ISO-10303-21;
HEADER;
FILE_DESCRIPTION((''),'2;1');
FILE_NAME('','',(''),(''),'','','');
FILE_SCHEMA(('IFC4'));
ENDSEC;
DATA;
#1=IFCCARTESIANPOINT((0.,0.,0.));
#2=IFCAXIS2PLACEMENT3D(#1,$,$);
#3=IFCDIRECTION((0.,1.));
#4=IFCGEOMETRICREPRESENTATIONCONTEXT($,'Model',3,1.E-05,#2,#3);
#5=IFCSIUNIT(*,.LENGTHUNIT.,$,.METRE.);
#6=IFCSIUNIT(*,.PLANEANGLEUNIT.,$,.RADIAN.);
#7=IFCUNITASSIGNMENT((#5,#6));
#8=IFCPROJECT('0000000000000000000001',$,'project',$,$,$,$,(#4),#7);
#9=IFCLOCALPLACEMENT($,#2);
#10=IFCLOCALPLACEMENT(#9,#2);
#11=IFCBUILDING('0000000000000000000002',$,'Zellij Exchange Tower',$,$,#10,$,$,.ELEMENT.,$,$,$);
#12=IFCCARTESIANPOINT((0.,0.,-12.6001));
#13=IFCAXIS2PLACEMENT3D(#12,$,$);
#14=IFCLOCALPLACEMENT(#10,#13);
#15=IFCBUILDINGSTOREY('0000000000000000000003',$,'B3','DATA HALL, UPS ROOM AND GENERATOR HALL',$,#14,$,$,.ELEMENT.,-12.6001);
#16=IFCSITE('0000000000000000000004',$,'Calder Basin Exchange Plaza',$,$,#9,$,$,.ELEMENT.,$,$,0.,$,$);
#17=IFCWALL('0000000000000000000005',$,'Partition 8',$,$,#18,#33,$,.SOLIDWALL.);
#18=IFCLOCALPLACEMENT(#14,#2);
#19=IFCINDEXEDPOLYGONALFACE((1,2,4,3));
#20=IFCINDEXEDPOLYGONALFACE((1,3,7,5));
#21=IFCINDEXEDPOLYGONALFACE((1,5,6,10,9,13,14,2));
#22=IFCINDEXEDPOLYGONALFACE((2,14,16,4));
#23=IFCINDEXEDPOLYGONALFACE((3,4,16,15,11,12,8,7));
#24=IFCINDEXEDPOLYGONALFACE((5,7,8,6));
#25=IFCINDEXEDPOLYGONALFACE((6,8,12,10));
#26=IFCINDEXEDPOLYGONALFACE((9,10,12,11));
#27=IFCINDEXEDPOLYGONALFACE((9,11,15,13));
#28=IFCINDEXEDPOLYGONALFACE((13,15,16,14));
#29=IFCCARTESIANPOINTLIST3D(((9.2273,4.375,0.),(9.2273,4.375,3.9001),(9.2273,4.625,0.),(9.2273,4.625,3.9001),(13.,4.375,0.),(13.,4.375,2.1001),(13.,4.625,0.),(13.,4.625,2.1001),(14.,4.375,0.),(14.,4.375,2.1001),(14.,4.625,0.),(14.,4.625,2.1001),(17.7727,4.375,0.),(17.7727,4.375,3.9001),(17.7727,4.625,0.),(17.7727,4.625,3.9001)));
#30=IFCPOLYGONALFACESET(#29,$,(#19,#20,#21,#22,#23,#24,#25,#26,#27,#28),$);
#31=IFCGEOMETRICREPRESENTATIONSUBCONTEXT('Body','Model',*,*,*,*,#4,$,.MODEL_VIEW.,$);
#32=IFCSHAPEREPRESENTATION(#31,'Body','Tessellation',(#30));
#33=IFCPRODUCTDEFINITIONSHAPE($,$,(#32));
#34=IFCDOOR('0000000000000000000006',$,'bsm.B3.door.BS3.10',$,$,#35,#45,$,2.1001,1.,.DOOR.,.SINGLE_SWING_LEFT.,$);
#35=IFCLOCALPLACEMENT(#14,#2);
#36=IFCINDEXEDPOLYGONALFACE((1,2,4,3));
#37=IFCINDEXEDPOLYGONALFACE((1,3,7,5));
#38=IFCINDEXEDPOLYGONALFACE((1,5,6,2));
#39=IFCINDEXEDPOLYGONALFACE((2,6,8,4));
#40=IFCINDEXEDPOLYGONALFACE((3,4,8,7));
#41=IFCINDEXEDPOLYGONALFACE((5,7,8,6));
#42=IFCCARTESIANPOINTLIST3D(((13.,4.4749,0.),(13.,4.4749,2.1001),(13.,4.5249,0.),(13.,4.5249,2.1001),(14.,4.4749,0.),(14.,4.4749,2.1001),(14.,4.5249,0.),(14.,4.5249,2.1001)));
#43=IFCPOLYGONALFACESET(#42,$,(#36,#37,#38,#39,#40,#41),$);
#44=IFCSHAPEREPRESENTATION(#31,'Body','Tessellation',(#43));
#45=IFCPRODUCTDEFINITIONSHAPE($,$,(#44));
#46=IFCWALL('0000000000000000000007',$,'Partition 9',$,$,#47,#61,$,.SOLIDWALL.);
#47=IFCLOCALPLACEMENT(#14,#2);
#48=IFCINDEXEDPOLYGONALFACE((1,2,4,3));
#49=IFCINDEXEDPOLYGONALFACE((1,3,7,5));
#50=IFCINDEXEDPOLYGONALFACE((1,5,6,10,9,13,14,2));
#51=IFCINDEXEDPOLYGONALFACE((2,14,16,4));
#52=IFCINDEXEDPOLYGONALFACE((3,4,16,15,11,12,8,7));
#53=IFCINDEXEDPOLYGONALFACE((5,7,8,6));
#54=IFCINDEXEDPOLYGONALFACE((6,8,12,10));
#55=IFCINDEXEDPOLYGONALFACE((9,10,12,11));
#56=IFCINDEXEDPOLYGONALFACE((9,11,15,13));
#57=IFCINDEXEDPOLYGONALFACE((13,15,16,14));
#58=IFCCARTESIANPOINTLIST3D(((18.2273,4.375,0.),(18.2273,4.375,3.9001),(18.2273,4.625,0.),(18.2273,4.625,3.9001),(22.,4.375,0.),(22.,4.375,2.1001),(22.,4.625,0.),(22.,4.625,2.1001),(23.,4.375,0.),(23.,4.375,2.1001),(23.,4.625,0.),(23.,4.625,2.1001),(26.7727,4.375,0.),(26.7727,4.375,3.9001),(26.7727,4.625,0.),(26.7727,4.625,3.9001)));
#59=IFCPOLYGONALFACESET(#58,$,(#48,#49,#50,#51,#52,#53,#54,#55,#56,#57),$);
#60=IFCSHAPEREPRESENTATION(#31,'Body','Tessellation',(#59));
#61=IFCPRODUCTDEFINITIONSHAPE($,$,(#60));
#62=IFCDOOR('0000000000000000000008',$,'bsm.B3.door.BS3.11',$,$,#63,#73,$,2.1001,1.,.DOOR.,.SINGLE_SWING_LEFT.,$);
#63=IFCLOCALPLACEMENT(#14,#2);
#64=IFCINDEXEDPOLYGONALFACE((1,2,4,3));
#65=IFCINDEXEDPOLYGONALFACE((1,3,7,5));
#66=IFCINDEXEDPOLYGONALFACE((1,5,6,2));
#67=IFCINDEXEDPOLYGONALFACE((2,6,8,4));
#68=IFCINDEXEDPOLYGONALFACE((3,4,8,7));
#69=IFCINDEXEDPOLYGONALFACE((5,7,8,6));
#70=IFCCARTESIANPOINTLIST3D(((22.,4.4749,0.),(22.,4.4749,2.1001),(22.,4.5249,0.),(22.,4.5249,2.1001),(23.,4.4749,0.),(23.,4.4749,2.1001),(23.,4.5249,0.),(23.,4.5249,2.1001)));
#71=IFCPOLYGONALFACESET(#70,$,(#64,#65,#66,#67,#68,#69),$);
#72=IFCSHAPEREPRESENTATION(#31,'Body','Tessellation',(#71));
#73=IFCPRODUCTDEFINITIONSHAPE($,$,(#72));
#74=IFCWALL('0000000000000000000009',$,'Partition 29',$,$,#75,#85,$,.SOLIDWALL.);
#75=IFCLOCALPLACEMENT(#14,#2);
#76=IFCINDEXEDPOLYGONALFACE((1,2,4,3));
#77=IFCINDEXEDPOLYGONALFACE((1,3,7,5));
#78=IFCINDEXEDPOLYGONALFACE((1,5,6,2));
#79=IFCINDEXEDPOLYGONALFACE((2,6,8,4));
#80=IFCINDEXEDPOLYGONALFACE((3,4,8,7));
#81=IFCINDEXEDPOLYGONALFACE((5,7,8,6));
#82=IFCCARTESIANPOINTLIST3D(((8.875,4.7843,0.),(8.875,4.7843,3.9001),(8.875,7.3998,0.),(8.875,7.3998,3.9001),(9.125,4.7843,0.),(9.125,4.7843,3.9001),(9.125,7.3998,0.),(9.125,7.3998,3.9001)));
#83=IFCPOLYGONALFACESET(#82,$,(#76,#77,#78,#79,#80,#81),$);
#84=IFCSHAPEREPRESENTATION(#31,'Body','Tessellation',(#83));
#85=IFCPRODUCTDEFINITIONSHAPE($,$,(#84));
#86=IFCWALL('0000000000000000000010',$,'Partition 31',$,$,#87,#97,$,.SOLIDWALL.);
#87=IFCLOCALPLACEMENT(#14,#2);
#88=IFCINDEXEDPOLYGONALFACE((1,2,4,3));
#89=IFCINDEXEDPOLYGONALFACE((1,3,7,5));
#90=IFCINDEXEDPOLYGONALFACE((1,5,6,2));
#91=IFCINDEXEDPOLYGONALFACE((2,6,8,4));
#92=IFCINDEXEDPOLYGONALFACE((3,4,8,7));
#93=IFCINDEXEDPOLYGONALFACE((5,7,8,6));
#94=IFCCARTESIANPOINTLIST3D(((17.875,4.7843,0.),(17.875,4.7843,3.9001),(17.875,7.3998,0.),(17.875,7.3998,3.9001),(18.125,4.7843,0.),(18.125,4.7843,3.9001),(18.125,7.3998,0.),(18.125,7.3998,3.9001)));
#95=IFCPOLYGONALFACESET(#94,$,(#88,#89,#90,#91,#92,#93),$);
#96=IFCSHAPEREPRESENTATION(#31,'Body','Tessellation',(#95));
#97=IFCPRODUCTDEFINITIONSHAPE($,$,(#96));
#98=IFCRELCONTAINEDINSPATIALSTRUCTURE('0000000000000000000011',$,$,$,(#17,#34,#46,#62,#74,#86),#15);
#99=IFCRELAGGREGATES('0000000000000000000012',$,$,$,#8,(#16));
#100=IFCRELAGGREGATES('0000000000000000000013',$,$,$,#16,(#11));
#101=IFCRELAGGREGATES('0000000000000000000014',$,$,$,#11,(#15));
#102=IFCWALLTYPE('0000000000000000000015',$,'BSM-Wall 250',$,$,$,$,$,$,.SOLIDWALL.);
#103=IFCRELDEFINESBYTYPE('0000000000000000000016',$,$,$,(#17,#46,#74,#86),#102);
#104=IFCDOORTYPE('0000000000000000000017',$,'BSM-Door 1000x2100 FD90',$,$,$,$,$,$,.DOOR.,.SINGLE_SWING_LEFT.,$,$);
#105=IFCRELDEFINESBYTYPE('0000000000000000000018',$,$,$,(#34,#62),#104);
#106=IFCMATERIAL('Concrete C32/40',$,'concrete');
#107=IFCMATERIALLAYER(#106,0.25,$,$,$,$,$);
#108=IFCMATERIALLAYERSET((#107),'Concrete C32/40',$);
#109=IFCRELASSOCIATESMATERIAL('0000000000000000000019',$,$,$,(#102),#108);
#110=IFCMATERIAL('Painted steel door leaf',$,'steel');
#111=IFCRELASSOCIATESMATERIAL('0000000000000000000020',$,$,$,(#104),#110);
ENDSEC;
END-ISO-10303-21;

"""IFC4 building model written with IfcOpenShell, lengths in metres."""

from ifc_helpers import new_model, si_unit, direction, frame, frame_2d, origin, place, context, subcontext, project, spatial, rectangle, extrude, material, layer, layer_set, type_object, element, fill, save


model = new_model("IFC4")

# Units and contexts
model_context = context("Model", 3, precision=1e-05, world=origin(), true_north=direction((0.0, 1.0)))
body_context = subcontext(model_context, "Body", "Model", "MODEL_VIEW")
ifc_project = project(units=[si_unit("LENGTHUNIT", "METRE"), si_unit("PLANEANGLEUNIT", "RADIAN")], contexts=[model_context])

# Site, building, storey
site_placement = place(None, origin())
site = spatial("IfcSite", under=ifc_project, at=site_placement, Name="Calder Basin Exchange Plaza", CompositionType="ELEMENT", RefElevation=0.0)
building_placement = place(site_placement, origin())
building = spatial("IfcBuilding", under=site, at=building_placement, Name="Zellij Exchange Tower", CompositionType="ELEMENT")
storey_placement = place(building_placement, frame((0.0, 0.0, -12.6001)))
storey = spatial("IfcBuildingStorey", under=building, at=storey_placement, Name="B3", Description="DATA HALL, UPS ROOM AND GENERATOR HALL", CompositionType="ELEMENT", Elevation=-12.6001)

# Walls, openings, doors
ifc_material_1 = material(Name="Concrete C32/40", Category="concrete")
ifc_layer_1 = layer(ifc_material_1, 0.25)
ifc_layer_set_1 = layer_set([ifc_layer_1], Name="Concrete C32/40")
wall_type = type_object("IfcWallType", Name="BSM-Wall 250", PredefinedType="SOLIDWALL", material=ifc_layer_set_1)
ifc_material_2 = material(Name="Painted steel door leaf", Category="steel")
door_type = type_object("IfcDoorType", Name="BSM-Door 1000x2100 FD90", OperationType="SINGLE_SWING_LEFT", PredefinedType="DOOR", material=ifc_material_2)
wall_1_placement = place(storey_placement, frame((9.2273, 4.5, 0.0), z_axis=(0.0, 0.0, 1.0), x_axis=(1.0, 0.0, 0.0)))
wall_1 = element("IfcWall", 1, at=wall_1_placement, inside=storey, type_object=wall_type, Name="Partition 8", PredefinedType="SOLIDWALL", context=body_context, shape_type="SweptSolid", body=[
    extrude(rectangle(XDim=8.5454, YDim=0.25, at=frame_2d((4.2727, 0.0))), origin(), (0.0, 0.0, 1.0), 3.9001),
])
opening_1_placement = place(wall_1_placement, frame((3.7727, 0.0, 0.0)))
opening_1 = element("IfcOpeningElement", 2, at=opening_1_placement, cuts=wall_1, PredefinedType="OPENING", context=body_context, shape_type="SweptSolid", body=[
    extrude(rectangle(XDim=1.0, YDim=2.1001, at=frame_2d((0.5, 1.05))), frame((0.0, 0.137, 0.0), z_axis=(0.0, -1.0, 0.0), x_axis=(1.0, 0.0, 0.0)), (0.0, 0.0, 1.0), 0.2739),
])
door_1_placement = place(opening_1_placement, origin())
door_1 = element("IfcDoor", 3, at=door_1_placement, inside=storey, type_object=door_type, Name="bsm.B3.door.BS3.10", OperationType="SINGLE_SWING_LEFT", OverallHeight=2.1001, OverallWidth=1.0, PredefinedType="DOOR", context=body_context, shape_type="SweptSolid", body=[
    extrude(rectangle(XDim=1.0, YDim=2.1001, at=frame_2d((0.5, 1.05))), frame((0.0, 0.0249, 0.0), z_axis=(0.0, -1.0, 0.0), x_axis=(1.0, 0.0, 0.0)), (0.0, 0.0, 1.0), 0.05),
])
fill(opening_1, door_1)
wall_2_placement = place(storey_placement, frame((18.2273, 4.5, 0.0), z_axis=(0.0, 0.0, 1.0), x_axis=(1.0, 0.0, 0.0)))
wall_2 = element("IfcWall", 4, at=wall_2_placement, inside=storey, type_object=wall_type, Name="Partition 9", PredefinedType="SOLIDWALL", context=body_context, shape_type="SweptSolid", body=[
    extrude(rectangle(XDim=8.5454, YDim=0.25, at=frame_2d((4.2727, 0.0))), origin(), (0.0, 0.0, 1.0), 3.9001),
])
opening_2_placement = place(wall_2_placement, frame((3.7727, 0.0, 0.0)))
opening_2 = element("IfcOpeningElement", 5, at=opening_2_placement, cuts=wall_2, PredefinedType="OPENING", context=body_context, shape_type="SweptSolid", body=[
    extrude(rectangle(XDim=1.0, YDim=2.1001, at=frame_2d((0.5, 1.05))), frame((0.0, 0.137, 0.0), z_axis=(0.0, -1.0, 0.0), x_axis=(1.0, 0.0, 0.0)), (0.0, 0.0, 1.0), 0.2739),
])
door_2_placement = place(opening_2_placement, origin())
door_2 = element("IfcDoor", 6, at=door_2_placement, inside=storey, type_object=door_type, Name="bsm.B3.door.BS3.11", OperationType="SINGLE_SWING_LEFT", OverallHeight=2.1001, OverallWidth=1.0, PredefinedType="DOOR", context=body_context, shape_type="SweptSolid", body=[
    extrude(rectangle(XDim=1.0, YDim=2.1001, at=frame_2d((0.5, 1.05))), frame((0.0, 0.0249, 0.0), z_axis=(0.0, -1.0, 0.0), x_axis=(1.0, 0.0, 0.0)), (0.0, 0.0, 1.0), 0.05),
])
fill(opening_2, door_2)

# Walls
for number, where, z_axis, x_axis, name in (
    (7, (9.0, 4.7844, 0.0), (0.0, 0.0, 1.0), (0.0, 1.0, 0.0), "Partition 29"),
    (8, (18.0, 4.7844, 0.0), (0.0, 0.0, 1.0), (0.0, 1.0, 0.0), "Partition 31"),
):
    element("IfcWall", number, at=place(storey_placement, frame(where, z_axis=z_axis, x_axis=x_axis)), inside=storey, type_object=wall_type, Name=name, PredefinedType="SOLIDWALL", context=body_context, shape_type="SweptSolid", body=[
        extrude(rectangle(XDim=2.6155, YDim=0.25, at=frame_2d((1.3076, 0.0))), origin(), (0.0, 0.0, 1.0), 3.9001),
    ])

save(model, "model.ifc")
